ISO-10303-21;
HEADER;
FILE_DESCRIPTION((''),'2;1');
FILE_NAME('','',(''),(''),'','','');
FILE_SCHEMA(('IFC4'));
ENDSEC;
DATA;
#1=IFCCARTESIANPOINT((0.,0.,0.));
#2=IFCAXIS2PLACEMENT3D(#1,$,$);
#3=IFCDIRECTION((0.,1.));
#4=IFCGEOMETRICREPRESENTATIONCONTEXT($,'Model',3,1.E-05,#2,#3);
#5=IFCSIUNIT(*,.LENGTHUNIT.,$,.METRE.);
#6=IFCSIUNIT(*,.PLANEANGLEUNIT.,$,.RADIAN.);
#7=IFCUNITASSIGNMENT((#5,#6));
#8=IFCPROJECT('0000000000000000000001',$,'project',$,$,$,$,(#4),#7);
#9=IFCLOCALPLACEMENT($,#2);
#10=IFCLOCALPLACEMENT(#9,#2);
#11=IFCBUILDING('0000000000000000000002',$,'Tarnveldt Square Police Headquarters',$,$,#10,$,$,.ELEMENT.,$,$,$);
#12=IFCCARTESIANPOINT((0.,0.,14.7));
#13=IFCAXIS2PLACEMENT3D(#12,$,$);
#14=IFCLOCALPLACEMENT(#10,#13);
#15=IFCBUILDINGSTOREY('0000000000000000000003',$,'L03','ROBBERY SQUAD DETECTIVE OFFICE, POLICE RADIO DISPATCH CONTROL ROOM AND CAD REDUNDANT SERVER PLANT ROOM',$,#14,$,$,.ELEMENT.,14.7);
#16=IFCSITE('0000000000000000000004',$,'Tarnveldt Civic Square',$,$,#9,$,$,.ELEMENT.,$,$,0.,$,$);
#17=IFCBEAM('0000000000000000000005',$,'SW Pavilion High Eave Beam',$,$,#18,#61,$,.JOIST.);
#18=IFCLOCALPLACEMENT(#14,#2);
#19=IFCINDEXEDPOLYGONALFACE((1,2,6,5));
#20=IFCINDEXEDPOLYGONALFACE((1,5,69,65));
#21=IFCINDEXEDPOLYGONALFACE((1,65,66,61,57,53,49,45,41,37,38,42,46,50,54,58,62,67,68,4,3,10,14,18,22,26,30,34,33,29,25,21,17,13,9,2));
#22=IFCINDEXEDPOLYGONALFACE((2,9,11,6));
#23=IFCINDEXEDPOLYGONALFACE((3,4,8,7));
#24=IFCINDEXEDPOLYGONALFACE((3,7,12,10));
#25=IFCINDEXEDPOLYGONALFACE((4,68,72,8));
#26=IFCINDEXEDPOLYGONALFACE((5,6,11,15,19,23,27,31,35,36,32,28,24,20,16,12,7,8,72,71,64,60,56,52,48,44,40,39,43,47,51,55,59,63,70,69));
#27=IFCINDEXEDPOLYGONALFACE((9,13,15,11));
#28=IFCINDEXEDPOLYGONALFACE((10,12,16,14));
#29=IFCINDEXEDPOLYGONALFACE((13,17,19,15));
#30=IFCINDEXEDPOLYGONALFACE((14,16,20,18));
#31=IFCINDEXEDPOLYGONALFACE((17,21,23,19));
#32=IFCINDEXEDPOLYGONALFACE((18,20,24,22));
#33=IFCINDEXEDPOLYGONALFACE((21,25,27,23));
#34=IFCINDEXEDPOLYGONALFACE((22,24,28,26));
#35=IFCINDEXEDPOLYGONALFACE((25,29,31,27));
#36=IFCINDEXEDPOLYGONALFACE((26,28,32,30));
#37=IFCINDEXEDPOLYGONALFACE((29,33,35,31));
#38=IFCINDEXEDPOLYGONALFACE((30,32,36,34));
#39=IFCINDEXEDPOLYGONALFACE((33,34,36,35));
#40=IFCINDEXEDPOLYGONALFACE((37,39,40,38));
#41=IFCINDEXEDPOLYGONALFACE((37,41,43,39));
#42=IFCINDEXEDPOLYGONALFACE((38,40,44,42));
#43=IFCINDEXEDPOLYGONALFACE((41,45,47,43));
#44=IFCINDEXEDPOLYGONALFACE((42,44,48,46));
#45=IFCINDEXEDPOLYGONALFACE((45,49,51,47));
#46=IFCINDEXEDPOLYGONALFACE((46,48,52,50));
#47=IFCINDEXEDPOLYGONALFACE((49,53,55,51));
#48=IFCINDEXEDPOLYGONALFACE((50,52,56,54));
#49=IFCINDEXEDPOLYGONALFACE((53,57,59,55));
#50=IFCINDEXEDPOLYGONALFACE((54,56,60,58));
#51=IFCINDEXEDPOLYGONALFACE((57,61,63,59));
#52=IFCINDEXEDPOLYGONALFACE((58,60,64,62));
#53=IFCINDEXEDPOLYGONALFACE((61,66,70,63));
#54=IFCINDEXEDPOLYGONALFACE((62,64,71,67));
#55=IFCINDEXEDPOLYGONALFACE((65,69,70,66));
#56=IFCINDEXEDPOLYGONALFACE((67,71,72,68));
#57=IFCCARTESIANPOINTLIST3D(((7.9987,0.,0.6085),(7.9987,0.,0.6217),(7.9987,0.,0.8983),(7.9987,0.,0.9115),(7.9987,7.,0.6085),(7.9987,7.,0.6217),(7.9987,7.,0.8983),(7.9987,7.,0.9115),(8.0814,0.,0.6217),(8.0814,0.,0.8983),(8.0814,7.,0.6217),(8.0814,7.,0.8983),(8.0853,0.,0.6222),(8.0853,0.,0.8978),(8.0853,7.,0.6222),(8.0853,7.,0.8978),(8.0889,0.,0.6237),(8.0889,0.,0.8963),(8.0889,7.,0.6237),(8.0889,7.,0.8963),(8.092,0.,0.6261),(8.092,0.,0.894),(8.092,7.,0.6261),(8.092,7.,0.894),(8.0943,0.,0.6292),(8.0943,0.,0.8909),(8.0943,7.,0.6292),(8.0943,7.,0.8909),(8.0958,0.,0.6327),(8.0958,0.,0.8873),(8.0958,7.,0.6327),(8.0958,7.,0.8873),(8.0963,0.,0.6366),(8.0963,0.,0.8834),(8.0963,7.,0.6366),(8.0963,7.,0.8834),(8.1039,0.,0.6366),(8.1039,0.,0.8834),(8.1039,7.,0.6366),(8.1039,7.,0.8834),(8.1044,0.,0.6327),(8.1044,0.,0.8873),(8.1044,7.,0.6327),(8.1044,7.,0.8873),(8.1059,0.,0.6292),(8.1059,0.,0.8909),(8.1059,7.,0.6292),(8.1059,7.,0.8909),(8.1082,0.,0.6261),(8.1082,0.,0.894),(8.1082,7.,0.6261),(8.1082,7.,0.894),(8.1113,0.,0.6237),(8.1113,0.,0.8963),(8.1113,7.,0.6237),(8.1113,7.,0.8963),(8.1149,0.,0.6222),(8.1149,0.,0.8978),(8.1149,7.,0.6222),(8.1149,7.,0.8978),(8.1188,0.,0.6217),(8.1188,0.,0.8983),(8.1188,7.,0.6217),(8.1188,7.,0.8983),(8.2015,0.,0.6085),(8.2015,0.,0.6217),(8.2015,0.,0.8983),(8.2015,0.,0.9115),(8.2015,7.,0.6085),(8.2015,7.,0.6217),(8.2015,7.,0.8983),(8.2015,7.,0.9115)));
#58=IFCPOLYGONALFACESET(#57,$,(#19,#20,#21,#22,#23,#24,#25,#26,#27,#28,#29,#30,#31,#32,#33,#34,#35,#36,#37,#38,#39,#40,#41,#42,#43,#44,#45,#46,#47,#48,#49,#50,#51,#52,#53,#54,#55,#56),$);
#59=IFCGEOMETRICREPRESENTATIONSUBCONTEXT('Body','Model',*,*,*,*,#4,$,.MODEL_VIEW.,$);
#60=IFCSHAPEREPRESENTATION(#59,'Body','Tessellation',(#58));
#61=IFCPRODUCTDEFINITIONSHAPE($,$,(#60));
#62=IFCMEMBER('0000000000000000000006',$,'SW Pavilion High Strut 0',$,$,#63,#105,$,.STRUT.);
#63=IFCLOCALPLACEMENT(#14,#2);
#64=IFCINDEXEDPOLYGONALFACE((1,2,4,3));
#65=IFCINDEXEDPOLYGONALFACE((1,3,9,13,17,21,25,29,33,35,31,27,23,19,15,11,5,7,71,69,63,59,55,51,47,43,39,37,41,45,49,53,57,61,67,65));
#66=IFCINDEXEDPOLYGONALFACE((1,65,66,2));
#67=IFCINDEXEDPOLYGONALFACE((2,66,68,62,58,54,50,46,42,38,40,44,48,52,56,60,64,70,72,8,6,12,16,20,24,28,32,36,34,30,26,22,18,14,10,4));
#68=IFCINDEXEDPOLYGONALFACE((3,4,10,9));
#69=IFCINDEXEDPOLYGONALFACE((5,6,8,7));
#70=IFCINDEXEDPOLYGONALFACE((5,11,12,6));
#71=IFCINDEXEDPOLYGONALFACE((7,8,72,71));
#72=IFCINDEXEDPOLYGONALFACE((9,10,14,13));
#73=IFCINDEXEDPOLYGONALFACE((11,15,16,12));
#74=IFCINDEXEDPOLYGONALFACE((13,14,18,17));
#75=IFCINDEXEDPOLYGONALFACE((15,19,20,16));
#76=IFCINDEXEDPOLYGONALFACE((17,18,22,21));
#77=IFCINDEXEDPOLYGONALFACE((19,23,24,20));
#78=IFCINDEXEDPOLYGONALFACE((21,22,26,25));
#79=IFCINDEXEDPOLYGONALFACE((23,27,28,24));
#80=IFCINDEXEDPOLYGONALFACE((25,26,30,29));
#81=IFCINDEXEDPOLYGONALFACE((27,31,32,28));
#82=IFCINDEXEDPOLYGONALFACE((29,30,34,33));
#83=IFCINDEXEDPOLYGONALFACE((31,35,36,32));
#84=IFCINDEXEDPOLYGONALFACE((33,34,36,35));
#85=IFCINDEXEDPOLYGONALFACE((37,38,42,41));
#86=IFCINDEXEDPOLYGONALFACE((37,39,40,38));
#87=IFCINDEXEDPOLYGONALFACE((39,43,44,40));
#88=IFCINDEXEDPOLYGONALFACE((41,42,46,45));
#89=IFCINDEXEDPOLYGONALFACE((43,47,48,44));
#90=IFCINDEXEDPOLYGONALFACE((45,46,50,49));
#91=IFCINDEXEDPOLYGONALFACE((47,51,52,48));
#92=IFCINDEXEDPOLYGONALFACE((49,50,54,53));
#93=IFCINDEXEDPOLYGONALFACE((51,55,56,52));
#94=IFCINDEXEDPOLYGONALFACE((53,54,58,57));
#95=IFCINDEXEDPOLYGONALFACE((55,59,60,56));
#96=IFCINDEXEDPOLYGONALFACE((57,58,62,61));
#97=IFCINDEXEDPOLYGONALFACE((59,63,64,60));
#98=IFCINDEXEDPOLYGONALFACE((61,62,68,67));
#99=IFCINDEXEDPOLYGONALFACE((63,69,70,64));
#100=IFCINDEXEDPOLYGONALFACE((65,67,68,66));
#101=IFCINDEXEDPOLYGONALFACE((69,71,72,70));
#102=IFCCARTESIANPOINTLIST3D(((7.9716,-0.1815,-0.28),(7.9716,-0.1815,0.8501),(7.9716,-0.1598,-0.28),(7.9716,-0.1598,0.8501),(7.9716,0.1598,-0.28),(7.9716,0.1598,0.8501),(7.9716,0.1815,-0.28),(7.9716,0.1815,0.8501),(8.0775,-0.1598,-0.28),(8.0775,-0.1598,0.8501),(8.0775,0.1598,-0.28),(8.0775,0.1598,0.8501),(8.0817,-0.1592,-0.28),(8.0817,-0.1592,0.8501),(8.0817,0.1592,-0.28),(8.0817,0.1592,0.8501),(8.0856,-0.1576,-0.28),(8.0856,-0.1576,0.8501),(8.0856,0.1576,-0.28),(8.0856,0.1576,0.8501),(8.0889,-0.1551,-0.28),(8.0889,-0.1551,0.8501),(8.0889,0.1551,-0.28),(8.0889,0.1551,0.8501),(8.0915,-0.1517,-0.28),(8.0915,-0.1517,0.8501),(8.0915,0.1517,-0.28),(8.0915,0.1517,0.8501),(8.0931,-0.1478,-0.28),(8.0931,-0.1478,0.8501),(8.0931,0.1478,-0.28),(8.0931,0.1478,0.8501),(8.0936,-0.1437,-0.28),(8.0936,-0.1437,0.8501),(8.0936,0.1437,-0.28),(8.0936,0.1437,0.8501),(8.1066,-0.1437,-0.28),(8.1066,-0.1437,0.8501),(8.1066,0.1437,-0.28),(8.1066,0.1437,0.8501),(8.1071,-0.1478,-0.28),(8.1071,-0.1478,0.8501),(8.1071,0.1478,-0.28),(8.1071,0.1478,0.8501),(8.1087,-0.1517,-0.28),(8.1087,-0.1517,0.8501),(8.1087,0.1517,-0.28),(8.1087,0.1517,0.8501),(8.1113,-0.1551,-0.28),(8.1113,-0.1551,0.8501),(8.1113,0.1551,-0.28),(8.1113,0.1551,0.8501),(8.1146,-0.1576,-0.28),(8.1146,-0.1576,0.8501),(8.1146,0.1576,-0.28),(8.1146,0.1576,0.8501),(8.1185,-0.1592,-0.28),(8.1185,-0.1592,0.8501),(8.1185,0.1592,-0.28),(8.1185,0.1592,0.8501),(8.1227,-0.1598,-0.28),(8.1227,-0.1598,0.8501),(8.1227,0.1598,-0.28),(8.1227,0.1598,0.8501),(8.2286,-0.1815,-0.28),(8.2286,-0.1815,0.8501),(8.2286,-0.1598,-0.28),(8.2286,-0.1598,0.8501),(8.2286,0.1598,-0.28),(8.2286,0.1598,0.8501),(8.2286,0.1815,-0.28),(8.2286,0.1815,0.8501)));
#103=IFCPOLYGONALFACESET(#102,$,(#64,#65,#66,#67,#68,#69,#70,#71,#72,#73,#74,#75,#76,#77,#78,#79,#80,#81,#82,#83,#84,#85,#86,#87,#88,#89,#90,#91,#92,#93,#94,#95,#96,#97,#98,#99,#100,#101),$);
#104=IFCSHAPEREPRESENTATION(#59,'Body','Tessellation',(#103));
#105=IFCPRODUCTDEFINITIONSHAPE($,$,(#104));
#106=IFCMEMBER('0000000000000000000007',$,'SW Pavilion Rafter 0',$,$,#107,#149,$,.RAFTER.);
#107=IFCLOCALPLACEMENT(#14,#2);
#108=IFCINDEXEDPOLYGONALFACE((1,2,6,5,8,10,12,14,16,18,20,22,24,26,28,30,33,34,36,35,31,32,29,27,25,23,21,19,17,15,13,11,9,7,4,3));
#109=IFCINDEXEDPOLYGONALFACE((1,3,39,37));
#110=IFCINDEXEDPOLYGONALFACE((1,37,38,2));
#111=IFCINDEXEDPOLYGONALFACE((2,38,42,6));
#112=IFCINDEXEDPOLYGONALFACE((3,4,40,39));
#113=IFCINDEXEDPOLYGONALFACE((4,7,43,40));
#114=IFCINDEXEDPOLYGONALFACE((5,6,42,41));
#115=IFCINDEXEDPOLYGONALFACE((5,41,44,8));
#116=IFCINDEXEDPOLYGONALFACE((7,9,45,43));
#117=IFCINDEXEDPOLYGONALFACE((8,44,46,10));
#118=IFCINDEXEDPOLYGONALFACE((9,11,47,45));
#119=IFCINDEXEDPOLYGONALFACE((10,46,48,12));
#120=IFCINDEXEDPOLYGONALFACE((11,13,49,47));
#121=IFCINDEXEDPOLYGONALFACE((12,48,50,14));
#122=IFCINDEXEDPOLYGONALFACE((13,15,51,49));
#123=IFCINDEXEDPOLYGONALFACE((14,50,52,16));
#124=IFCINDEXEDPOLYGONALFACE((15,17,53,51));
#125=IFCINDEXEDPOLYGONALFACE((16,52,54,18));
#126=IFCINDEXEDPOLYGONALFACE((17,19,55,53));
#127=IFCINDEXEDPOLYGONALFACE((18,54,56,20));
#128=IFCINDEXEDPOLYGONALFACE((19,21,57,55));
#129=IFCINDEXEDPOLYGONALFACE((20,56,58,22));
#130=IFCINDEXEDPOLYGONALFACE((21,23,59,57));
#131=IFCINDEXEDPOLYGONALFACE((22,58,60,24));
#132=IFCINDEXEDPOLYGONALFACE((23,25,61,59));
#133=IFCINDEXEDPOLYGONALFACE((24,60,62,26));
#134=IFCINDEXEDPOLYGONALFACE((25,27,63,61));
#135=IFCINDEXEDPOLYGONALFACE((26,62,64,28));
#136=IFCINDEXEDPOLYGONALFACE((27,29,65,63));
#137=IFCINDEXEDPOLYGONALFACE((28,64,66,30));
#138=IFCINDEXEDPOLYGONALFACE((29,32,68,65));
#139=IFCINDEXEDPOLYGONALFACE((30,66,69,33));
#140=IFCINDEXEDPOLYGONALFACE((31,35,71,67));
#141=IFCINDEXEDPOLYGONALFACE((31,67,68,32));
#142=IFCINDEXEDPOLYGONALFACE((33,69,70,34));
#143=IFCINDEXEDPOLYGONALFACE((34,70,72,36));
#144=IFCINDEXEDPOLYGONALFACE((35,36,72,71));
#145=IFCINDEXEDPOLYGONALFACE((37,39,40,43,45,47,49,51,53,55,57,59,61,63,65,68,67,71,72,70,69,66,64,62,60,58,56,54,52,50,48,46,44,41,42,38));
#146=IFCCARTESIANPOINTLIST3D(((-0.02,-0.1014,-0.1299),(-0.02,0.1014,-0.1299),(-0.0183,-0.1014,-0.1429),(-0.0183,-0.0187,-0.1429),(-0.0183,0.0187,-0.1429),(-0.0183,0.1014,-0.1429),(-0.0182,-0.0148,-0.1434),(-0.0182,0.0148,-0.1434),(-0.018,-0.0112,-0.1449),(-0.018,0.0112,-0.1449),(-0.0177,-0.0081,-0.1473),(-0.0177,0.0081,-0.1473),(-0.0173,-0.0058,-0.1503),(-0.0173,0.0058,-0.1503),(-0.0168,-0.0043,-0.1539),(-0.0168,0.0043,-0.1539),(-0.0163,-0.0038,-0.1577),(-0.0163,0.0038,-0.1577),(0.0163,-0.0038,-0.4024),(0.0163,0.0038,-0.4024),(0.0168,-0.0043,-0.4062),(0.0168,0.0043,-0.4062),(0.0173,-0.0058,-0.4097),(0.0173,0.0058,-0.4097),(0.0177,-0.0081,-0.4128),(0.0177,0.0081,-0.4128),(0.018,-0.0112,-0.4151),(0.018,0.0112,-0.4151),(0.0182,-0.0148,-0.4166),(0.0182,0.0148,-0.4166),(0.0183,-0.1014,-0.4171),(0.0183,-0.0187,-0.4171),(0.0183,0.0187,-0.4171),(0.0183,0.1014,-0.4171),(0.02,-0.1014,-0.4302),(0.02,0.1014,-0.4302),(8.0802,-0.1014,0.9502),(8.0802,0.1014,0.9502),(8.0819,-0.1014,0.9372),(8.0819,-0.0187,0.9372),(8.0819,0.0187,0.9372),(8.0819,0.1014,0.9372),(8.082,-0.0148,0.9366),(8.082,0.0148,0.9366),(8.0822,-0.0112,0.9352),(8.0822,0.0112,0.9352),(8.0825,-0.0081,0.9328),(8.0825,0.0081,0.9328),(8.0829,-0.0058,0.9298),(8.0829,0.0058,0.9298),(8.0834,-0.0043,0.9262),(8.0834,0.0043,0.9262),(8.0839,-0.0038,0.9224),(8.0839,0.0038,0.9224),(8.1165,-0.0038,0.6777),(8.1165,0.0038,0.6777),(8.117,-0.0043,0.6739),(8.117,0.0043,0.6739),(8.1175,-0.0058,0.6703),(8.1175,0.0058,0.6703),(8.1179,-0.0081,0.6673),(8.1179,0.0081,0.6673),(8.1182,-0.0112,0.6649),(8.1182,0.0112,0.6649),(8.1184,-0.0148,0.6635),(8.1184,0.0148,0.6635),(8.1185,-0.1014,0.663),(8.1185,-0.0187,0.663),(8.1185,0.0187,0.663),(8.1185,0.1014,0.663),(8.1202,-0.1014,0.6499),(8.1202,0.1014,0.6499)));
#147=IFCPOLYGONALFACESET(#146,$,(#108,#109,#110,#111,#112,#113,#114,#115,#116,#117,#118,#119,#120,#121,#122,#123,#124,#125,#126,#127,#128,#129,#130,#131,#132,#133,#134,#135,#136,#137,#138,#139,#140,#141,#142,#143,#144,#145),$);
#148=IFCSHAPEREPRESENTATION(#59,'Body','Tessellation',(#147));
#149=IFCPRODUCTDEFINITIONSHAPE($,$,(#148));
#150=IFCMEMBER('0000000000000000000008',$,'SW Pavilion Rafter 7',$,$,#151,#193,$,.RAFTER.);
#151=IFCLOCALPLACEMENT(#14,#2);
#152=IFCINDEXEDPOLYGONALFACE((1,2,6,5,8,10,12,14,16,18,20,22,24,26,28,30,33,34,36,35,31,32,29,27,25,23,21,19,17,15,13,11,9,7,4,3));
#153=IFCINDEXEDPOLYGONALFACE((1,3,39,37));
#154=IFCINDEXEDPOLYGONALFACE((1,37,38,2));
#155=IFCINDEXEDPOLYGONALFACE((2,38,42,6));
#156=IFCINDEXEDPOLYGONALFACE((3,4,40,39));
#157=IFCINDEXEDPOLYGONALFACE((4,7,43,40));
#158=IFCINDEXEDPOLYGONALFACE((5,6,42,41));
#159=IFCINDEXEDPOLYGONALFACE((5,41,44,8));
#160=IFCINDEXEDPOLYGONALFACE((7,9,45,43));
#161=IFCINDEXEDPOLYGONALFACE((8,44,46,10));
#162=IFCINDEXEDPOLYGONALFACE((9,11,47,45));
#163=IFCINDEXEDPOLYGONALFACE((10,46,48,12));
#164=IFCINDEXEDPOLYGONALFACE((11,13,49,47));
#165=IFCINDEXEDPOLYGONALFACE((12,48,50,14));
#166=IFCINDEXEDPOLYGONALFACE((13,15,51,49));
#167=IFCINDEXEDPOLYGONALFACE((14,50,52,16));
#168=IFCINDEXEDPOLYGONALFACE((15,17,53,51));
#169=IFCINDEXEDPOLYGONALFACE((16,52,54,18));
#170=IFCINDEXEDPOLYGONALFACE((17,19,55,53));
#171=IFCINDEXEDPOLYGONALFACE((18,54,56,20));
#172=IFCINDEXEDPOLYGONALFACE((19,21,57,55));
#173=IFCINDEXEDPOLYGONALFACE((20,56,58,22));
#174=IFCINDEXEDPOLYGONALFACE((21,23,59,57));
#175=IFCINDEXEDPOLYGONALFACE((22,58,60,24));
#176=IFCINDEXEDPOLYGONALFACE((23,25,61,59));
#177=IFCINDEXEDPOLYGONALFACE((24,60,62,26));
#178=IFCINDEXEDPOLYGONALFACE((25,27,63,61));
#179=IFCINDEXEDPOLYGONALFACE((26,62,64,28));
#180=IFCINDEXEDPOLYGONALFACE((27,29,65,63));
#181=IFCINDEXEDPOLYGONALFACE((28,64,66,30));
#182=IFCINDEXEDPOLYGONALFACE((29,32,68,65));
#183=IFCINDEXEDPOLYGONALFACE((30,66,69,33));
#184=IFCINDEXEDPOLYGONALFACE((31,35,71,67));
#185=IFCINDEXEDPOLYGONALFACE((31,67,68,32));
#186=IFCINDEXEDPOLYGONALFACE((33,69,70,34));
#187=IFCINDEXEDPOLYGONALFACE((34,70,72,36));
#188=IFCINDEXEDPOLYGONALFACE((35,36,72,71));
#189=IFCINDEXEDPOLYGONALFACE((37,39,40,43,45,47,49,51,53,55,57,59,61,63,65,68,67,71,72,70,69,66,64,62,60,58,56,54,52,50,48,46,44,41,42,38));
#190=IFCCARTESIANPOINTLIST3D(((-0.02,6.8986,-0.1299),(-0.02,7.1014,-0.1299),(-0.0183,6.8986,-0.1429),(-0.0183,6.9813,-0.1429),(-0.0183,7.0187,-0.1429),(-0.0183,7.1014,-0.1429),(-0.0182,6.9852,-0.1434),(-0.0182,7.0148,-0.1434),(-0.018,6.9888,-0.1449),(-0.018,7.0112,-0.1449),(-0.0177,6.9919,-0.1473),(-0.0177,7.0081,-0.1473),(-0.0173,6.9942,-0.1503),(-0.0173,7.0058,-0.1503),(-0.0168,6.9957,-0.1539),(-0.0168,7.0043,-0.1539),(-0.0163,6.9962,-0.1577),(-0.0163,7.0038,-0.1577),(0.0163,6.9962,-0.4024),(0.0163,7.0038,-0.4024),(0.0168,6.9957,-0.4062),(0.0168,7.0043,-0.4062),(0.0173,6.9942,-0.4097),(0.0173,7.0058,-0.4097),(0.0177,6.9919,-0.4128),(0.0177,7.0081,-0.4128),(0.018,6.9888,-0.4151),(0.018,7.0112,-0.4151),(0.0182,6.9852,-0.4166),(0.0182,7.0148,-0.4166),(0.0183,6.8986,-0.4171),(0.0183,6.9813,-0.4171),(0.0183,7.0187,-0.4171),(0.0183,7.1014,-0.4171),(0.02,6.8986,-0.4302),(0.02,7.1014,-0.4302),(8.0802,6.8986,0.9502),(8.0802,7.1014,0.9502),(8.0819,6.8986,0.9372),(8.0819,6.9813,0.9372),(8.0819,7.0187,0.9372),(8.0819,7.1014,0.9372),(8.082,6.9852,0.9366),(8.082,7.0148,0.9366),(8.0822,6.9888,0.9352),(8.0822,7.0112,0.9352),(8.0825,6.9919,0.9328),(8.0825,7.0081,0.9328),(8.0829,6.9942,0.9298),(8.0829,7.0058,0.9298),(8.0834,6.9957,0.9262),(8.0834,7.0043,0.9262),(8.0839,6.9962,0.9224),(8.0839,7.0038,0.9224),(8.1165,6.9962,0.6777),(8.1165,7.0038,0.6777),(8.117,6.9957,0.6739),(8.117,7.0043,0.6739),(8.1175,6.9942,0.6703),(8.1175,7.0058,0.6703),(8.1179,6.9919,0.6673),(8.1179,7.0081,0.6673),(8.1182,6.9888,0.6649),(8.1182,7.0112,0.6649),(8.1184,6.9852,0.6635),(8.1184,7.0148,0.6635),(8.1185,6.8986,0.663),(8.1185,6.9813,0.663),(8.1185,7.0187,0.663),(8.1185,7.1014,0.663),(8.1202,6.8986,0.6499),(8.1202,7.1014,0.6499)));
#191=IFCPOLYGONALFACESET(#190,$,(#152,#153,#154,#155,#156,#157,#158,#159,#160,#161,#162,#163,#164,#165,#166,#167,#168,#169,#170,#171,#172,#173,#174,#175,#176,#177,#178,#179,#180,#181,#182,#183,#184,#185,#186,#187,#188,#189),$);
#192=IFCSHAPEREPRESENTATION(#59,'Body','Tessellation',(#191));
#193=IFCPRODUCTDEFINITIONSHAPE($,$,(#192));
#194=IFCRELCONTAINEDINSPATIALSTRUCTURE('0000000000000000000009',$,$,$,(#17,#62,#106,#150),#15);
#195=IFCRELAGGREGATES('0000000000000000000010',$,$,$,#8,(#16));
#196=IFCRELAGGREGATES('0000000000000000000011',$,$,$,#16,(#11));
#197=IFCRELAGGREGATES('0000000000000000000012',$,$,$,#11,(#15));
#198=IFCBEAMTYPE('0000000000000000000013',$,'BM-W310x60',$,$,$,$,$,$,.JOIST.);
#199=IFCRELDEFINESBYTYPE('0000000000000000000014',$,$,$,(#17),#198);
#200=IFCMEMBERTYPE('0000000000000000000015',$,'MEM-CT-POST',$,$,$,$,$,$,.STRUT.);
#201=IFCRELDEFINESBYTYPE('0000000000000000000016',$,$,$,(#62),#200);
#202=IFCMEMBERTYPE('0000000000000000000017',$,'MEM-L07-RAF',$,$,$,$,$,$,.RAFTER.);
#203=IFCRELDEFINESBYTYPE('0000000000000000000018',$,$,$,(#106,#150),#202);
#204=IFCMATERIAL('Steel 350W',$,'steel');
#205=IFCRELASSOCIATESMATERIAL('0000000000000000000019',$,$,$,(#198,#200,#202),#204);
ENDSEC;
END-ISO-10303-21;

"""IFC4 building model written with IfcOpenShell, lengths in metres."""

from ifc_helpers import new_model, si_unit, direction, frame, origin, origin_2d, place, context, subcontext, project, spatial, i_section, extrude, material, material_profile, profile_set, type_object, element, save


model = new_model("IFC4")

# Units and contexts
model_context = context("Model", 3, precision=1e-05, world=origin(), true_north=direction((0.0, 1.0)))
body_context = subcontext(model_context, "Body", "Model", "MODEL_VIEW")
ifc_project = project(units=[si_unit("LENGTHUNIT", "METRE"), si_unit("PLANEANGLEUNIT", "RADIAN")], contexts=[model_context])

# Site, building, storey
site_placement = place(None, origin())
site = spatial("IfcSite", under=ifc_project, at=site_placement, Name="Tarnveldt Civic Square", CompositionType="ELEMENT", RefElevation=0.0)
building_placement = place(site_placement, origin())
building = spatial("IfcBuilding", under=site, at=building_placement, Name="Tarnveldt Square Police Headquarters", CompositionType="ELEMENT")
storey_placement = place(building_placement, frame((0.0, 0.0, 14.7)))
storey = spatial("IfcBuildingStorey", under=building, at=storey_placement, Name="L03", Description="ROBBERY SQUAD DETECTIVE OFFICE, POLICE RADIO DISPATCH CONTROL ROOM AND CAD REDUNDANT SERVER PLANT ROOM", CompositionType="ELEMENT", Elevation=14.7)

# Beam
ifc_material_1 = material(Name="Steel 350W", Category="steel")
ifc_material_profile_1 = material_profile(ifc_material_1, i_section(OverallWidth=0.2029, OverallDepth=0.303, WebThickness=0.0076, FlangeThickness=0.0132, FilletRadius=0.0149, at=origin_2d()), Name="W310x60")
ifc_profile_set_1 = profile_set([ifc_material_profile_1], Name="Steel 350W")
beam_type = type_object("IfcBeamType", Name="BM-W310x60", PredefinedType="JOIST", material=ifc_profile_set_1)
beam_placement = place(storey_placement, frame((8.1001, 0.0, 0.76), z_axis=(0.0, 1.0, 0.0), x_axis=(-1.0, 0.0, 0.0)))
element("IfcBeam", 1, at=beam_placement, inside=storey, type_object=beam_type, Name="SW Pavilion High Eave Beam", PredefinedType="JOIST", context=body_context, shape_type="SweptSolid", body=[
    extrude(i_section(OverallWidth=0.2029, OverallDepth=0.303, WebThickness=0.0076, FlangeThickness=0.0132, FilletRadius=0.0149, at=origin_2d()), origin(), (0.0, 0.0, 1.0), 7.0),
])

# Members
ifc_material_profile_2 = material_profile(ifc_material_1, i_section(OverallWidth=0.2571, OverallDepth=0.363, WebThickness=0.0129, FlangeThickness=0.0217, FilletRadius=0.0161, at=origin_2d()), Name="W360x122")
ifc_profile_set_2 = profile_set([ifc_material_profile_2], Name="Steel 350W")
member_type_1 = type_object("IfcMemberType", Name="MEM-CT-POST", PredefinedType="STRUT", material=ifc_profile_set_2)
member_1_placement = place(storey_placement, frame((8.1001, 0.0, -0.28), z_axis=(0.0, 0.0, 1.0), x_axis=(1.0, 0.0, 0.0)))
element("IfcMember", 2, at=member_1_placement, inside=storey, type_object=member_type_1, Name="SW Pavilion High Strut 0", PredefinedType="STRUT", context=body_context, shape_type="SweptSolid", body=[
    extrude(i_section(OverallWidth=0.2571, OverallDepth=0.363, WebThickness=0.0129, FlangeThickness=0.0217, FilletRadius=0.0161, at=origin_2d()), origin(), (0.0, 0.0, 1.0), 1.1301),
])
ifc_material_profile_3 = material_profile(ifc_material_1, i_section(OverallWidth=0.2029, OverallDepth=0.303, WebThickness=0.0076, FlangeThickness=0.0132, FilletRadius=0.0149, at=origin_2d()), Name="W310x60")
ifc_profile_set_3 = profile_set([ifc_material_profile_3], Name="Steel 350W")
member_type_2 = type_object("IfcMemberType", Name="MEM-L07-RAF", PredefinedType="RAFTER", material=ifc_profile_set_3)
for number, where, z_axis, x_axis, name in (
    (3, (0.0, 0.0, -0.28), (0.991227, 0.0, 0.132172), (0.0, 1.0, 0.0), "SW Pavilion Rafter 0"),
    (4, (0.0, 7.0, -0.28), (0.991227, 0.0, 0.132172), (0.0, 1.0, 0.0), "SW Pavilion Rafter 7"),
):
    element("IfcMember", number, at=place(storey_placement, frame(where, z_axis=z_axis, x_axis=x_axis)), inside=storey, type_object=member_type_2, Name=name, PredefinedType="RAFTER", context=body_context, shape_type="SweptSolid", body=[
        extrude(i_section(OverallWidth=0.2029, OverallDepth=0.303, WebThickness=0.0076, FlangeThickness=0.0132, FilletRadius=0.0149, at=origin_2d()), origin(), (0.0, 0.0, 1.0), 8.1719),
    ])

save(model, "model.ifc")
